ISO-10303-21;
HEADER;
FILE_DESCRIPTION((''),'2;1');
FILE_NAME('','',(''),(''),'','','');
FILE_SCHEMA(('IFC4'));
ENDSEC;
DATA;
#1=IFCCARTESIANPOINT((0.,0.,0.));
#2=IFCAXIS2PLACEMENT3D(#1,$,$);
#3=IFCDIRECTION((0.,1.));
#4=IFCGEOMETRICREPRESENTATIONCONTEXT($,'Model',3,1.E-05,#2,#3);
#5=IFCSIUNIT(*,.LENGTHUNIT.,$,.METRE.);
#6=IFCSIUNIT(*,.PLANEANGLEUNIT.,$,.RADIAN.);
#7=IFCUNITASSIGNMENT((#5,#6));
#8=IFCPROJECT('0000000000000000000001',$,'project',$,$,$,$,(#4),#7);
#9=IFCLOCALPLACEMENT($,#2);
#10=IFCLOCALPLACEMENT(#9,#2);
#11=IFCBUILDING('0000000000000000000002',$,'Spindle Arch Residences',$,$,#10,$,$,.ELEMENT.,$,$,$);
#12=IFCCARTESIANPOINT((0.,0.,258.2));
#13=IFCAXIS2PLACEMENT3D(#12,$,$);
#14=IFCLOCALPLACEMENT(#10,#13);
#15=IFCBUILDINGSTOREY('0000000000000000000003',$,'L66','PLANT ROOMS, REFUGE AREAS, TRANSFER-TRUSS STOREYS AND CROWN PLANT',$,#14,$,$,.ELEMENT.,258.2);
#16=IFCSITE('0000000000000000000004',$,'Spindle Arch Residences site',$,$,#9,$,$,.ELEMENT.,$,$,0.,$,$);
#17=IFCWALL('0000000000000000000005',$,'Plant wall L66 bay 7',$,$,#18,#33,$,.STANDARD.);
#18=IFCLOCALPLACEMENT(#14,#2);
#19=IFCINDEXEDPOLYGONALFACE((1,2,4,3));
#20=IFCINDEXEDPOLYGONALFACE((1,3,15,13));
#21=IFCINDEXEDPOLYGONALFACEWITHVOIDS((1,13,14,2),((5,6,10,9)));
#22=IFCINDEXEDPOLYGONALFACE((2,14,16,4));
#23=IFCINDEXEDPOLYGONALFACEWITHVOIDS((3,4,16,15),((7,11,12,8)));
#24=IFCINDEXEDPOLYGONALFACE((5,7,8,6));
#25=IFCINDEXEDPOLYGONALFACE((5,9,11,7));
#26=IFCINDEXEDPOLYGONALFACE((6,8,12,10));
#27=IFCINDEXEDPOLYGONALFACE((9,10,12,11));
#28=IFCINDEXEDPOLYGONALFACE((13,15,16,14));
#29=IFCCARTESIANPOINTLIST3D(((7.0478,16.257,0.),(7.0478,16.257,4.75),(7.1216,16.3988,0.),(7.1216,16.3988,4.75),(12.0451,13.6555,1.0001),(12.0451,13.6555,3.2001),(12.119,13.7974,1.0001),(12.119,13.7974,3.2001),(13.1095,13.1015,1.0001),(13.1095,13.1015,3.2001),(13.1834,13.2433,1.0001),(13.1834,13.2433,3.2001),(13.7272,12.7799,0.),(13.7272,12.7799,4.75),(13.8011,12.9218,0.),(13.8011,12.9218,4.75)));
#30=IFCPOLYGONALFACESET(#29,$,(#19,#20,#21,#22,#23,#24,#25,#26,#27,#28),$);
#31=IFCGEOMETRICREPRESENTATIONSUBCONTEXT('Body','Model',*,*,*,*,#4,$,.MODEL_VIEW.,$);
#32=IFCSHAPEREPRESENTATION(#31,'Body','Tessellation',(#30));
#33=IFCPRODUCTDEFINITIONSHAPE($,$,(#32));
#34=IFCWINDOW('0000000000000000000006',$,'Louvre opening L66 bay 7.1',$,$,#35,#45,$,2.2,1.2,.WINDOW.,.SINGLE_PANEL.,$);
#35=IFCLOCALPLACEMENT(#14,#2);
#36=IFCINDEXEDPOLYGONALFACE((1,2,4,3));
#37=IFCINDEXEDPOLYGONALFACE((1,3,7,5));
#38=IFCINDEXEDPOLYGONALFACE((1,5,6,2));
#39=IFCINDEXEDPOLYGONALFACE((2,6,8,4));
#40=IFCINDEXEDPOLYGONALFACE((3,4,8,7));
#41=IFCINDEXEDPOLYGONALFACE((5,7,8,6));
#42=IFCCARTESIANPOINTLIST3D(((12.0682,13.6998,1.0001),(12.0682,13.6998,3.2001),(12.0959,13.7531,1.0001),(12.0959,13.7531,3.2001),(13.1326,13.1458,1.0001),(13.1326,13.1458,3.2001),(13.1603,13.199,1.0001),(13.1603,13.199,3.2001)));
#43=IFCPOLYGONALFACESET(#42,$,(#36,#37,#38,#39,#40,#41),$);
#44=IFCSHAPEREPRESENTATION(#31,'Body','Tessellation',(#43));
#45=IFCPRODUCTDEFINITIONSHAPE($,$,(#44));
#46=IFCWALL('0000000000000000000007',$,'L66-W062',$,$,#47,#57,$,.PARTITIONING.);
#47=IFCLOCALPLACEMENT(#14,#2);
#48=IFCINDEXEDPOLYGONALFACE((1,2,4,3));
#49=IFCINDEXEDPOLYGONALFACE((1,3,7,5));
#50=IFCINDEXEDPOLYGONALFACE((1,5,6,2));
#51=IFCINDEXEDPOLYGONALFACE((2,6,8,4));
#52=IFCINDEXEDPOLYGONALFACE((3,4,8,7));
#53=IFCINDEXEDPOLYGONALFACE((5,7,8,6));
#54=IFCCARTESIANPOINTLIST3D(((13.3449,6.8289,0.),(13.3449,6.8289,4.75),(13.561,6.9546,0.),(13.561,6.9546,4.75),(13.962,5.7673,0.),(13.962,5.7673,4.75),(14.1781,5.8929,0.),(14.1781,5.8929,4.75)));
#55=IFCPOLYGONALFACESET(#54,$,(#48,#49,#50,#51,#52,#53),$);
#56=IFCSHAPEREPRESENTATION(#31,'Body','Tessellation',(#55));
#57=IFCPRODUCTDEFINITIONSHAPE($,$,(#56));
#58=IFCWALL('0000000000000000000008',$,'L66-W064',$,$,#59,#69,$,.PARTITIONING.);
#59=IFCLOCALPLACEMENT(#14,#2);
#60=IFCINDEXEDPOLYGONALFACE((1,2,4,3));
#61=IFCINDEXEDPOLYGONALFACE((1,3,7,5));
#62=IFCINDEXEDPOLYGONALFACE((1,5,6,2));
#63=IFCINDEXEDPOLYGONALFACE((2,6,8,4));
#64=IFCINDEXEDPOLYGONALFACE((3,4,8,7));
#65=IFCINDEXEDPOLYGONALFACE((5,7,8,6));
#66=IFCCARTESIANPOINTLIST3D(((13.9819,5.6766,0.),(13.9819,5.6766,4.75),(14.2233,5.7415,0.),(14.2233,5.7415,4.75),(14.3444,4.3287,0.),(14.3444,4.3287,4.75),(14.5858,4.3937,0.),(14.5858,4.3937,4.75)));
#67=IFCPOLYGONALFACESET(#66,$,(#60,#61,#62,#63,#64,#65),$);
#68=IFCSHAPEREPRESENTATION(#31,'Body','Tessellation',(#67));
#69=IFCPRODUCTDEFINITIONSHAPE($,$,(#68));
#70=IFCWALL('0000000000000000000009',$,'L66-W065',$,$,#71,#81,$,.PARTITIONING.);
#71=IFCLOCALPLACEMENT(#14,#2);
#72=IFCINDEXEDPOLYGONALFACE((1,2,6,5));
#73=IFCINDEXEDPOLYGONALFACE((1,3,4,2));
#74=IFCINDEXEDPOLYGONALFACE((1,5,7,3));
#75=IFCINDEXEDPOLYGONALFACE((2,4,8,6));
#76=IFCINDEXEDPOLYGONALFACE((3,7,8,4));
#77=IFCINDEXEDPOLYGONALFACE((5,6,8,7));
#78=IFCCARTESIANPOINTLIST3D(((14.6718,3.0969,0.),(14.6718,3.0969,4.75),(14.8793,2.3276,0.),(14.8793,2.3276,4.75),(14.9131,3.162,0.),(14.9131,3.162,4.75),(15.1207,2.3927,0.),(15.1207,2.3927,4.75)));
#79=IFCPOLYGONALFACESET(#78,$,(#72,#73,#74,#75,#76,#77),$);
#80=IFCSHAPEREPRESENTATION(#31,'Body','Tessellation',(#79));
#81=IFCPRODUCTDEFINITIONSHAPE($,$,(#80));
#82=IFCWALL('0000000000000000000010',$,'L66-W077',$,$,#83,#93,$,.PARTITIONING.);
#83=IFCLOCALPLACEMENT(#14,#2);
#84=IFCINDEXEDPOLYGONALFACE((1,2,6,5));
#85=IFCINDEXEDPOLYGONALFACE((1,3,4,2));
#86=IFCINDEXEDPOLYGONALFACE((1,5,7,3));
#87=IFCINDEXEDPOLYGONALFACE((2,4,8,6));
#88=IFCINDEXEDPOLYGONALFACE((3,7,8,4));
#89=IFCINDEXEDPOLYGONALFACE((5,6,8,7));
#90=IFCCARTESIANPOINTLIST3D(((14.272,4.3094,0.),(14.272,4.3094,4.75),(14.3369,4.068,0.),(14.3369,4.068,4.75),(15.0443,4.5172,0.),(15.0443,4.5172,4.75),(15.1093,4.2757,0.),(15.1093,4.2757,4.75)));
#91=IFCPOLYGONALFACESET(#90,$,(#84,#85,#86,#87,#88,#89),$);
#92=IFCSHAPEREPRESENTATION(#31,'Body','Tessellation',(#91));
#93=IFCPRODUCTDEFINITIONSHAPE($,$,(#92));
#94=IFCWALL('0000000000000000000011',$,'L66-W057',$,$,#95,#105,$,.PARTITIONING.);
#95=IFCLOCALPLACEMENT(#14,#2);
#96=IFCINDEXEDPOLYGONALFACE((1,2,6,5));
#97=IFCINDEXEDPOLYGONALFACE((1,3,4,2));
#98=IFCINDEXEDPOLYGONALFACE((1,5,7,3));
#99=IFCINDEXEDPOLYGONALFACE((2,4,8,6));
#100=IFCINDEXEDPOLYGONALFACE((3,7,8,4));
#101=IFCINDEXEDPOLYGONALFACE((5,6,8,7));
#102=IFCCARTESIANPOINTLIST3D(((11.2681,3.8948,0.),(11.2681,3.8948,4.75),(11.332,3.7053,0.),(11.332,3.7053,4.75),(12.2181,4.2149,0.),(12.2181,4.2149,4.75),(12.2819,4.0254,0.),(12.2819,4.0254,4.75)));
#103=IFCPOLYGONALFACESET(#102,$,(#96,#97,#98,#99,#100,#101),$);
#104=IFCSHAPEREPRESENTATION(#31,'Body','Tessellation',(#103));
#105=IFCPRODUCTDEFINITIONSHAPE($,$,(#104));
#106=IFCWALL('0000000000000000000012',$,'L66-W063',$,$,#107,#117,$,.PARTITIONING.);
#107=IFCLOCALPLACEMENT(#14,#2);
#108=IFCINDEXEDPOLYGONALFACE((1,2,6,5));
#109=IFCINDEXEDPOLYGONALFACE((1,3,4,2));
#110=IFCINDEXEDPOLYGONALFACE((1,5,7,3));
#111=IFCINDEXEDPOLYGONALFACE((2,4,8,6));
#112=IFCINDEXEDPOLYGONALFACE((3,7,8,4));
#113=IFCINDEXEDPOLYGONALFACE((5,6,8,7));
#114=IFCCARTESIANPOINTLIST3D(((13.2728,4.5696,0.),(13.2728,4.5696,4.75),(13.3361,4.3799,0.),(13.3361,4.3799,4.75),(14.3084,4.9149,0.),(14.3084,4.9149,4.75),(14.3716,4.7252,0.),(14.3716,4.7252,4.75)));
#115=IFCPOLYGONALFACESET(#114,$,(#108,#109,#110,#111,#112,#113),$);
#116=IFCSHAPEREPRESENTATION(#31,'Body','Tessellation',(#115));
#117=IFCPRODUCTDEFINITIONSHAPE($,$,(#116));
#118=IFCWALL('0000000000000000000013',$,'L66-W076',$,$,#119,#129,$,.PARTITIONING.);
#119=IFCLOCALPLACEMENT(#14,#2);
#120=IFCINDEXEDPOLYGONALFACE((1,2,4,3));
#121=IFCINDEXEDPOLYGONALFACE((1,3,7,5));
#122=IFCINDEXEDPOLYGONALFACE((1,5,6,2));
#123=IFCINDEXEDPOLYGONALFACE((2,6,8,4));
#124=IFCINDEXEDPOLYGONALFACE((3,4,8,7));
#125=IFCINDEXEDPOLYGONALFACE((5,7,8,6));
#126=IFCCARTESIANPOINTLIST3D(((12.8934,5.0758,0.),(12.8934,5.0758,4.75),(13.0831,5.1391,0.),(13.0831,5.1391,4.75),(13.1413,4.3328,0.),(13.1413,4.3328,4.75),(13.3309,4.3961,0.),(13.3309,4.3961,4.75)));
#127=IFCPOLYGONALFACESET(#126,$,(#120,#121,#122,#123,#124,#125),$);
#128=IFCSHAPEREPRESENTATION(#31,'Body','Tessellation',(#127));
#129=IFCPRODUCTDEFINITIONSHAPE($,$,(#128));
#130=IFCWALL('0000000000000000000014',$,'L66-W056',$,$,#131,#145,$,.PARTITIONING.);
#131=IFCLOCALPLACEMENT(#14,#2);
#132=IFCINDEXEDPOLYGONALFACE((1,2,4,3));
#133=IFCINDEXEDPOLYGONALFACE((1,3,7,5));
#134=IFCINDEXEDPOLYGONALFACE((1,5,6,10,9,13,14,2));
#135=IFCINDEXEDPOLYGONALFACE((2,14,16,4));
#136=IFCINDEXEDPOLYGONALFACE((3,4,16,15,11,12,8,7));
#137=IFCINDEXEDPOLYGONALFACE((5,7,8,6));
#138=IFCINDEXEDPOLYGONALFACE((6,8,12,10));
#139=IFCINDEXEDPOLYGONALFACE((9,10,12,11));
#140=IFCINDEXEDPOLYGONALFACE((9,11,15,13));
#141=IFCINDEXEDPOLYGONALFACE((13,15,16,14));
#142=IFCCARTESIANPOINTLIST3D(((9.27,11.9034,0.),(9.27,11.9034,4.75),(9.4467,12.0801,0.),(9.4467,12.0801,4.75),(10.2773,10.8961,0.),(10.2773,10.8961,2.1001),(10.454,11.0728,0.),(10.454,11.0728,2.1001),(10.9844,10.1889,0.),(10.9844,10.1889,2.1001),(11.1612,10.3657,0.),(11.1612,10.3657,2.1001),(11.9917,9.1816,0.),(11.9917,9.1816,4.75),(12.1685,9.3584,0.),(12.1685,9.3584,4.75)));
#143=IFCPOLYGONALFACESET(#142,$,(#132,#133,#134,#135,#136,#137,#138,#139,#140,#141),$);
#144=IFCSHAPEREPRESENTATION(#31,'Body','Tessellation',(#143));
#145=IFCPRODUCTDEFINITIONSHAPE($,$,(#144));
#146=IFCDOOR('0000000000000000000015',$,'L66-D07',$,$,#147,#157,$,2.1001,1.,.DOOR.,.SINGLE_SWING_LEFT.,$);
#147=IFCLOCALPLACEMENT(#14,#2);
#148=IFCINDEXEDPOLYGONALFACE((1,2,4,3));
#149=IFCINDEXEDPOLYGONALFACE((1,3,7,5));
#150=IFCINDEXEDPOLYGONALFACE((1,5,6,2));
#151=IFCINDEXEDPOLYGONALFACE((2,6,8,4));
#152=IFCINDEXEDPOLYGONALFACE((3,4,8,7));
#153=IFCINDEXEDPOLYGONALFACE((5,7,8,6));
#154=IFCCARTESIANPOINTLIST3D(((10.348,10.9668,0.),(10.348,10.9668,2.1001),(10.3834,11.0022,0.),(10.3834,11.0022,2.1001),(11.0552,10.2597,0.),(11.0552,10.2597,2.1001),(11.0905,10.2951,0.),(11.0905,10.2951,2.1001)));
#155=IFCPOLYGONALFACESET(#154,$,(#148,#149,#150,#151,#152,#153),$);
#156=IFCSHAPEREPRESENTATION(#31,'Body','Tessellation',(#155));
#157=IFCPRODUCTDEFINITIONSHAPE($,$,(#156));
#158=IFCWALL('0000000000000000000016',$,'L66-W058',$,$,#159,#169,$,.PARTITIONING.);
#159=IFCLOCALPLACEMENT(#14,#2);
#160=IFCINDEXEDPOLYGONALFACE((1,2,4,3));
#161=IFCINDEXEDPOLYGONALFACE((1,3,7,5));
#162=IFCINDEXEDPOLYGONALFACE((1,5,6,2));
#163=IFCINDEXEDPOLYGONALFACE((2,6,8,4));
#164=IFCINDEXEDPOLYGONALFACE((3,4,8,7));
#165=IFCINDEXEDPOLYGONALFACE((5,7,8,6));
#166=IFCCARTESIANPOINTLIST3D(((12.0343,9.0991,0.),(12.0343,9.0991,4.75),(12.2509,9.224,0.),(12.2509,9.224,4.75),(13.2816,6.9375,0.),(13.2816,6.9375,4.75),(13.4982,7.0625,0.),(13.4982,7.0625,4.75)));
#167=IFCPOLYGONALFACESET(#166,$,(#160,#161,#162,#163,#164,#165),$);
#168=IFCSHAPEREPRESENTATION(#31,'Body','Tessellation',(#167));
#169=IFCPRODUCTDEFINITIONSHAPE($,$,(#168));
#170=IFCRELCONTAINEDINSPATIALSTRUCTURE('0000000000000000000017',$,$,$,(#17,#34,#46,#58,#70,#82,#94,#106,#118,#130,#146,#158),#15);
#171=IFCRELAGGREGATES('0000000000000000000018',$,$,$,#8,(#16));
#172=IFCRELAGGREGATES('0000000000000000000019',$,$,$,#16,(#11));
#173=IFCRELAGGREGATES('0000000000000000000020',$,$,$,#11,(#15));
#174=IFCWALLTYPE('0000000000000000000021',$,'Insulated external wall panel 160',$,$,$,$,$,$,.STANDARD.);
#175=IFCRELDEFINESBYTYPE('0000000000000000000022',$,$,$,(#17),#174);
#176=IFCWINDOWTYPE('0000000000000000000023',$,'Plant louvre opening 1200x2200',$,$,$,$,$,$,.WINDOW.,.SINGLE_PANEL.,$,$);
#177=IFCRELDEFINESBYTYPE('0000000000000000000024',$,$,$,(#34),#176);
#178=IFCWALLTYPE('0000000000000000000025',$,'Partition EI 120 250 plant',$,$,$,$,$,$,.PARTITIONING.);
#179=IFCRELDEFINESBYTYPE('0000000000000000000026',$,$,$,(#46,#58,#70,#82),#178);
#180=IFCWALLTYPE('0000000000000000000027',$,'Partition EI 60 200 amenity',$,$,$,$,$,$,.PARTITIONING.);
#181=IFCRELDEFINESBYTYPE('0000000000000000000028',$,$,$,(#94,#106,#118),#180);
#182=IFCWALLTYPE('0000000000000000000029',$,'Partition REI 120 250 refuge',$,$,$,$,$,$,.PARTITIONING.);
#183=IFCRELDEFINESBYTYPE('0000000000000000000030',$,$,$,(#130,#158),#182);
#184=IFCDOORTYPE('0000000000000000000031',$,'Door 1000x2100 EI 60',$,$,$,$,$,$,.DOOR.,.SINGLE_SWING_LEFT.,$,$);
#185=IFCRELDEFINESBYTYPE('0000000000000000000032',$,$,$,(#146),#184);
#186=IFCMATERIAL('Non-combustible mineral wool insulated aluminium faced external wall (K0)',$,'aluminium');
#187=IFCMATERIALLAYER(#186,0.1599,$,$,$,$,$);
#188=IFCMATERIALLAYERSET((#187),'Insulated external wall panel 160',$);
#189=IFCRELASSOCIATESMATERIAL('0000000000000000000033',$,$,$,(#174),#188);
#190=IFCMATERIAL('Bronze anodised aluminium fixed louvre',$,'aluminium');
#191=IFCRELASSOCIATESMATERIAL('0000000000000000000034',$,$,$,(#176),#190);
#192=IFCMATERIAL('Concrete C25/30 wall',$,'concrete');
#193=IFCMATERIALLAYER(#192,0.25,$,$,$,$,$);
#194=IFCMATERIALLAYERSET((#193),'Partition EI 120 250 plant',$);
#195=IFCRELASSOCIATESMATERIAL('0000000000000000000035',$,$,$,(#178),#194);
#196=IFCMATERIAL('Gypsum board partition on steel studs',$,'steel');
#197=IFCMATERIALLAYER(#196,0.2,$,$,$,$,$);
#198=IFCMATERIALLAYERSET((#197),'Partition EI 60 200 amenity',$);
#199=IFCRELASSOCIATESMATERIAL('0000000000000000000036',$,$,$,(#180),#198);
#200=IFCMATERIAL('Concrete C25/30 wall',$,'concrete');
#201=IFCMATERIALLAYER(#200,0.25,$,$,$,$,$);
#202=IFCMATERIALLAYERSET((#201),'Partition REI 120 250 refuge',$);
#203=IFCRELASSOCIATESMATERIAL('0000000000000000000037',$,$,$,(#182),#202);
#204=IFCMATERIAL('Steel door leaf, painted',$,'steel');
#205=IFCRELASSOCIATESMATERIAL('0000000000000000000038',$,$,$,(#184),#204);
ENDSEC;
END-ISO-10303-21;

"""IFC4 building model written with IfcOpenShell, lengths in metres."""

from ifc_helpers import new_model, si_unit, direction, frame, frame_2d, origin, place, context, subcontext, project, spatial, rectangle, extrude, material, layer, layer_set, type_object, element, fill, save


model = new_model("IFC4")

# Units and contexts
model_context = context("Model", 3, precision=1e-05, world=origin(), true_north=direction((0.0, 1.0)))
body_context = subcontext(model_context, "Body", "Model", "MODEL_VIEW")
ifc_project = project(units=[si_unit("LENGTHUNIT", "METRE"), si_unit("PLANEANGLEUNIT", "RADIAN")], contexts=[model_context])

# Site, building, storey
site_placement = place(None, origin())
site = spatial("IfcSite", under=ifc_project, at=site_placement, Name="Spindle Arch Residences site", CompositionType="ELEMENT", RefElevation=0.0)
building_placement = place(site_placement, origin())
building = spatial("IfcBuilding", under=site, at=building_placement, Name="Spindle Arch Residences", CompositionType="ELEMENT")
storey_placement = place(building_placement, frame((0.0, 0.0, 258.2)))
storey = spatial("IfcBuildingStorey", under=building, at=storey_placement, Name="L66", Description="PLANT ROOMS, REFUGE AREAS, TRANSFER-TRUSS STOREYS AND CROWN PLANT", CompositionType="ELEMENT", Elevation=258.2)

# Wall, opening, window
ifc_material_1 = material(Name="Non-combustible mineral wool insulated aluminium faced external wall (K0)", Category="aluminium")
ifc_layer_1 = layer(ifc_material_1, 0.1599)
ifc_layer_set_1 = layer_set([ifc_layer_1], Name="Insulated external wall panel 160")
wall_type_1 = type_object("IfcWallType", Name="Insulated external wall panel 160", PredefinedType="STANDARD", material=ifc_layer_set_1)
wall_1_placement = place(storey_placement, frame((13.7642, 12.8508, 0.0), z_axis=(0.0, 0.0, 1.0), x_axis=(-0.887013, 0.461744, 0.0)))
wall_1 = element("IfcWall", 1, at=wall_1_placement, inside=storey, type_object=wall_type_1, Name="Plant wall L66 bay 7", PredefinedType="STANDARD", context=body_context, shape_type="SweptSolid", body=[
    extrude(rectangle(XDim=7.5303, YDim=0.1599, at=frame_2d((3.7651, 0.0))), origin(), (0.0, 0.0, 1.0), 4.75),
])
opening_1_placement = place(wall_1_placement, frame((0.6963, 0.0, 1.0)))
opening_1 = element("IfcOpeningElement", 2, at=opening_1_placement, cuts=wall_1, PredefinedType="OPENING", context=body_context, shape_type="SweptSolid", body=[
    extrude(rectangle(XDim=1.2, YDim=2.2, at=frame_2d((0.6001, 1.1001))), frame((0.0, 0.0898, 0.0), z_axis=(0.0, -1.0, 0.0), x_axis=(1.0, 0.0, 0.0)), (0.0, 0.0, 1.0), 0.1799),
])
ifc_material_2 = material(Name="Bronze anodised aluminium fixed louvre", Category="aluminium")
window_type = type_object("IfcWindowType", Name="Plant louvre opening 1200x2200", PartitioningType="SINGLE_PANEL", PredefinedType="WINDOW", material=ifc_material_2)
window_placement = place(opening_1_placement, origin())
window = element("IfcWindow", 3, at=window_placement, inside=storey, type_object=window_type, Name="Louvre opening L66 bay 7.1", OverallHeight=2.2, OverallWidth=1.2, PartitioningType="SINGLE_PANEL", PredefinedType="WINDOW", context=body_context, shape_type="SweptSolid", body=[
    extrude(rectangle(XDim=1.2, YDim=2.2, at=frame_2d((0.6001, 1.1001))), frame((0.0, 0.03, 0.0), z_axis=(0.0, -1.0, 0.0), x_axis=(1.0, 0.0, 0.0)), (0.0, 0.0, 1.0), 0.0601),
])
fill(opening_1, window)

# Walls
ifc_material_3 = material(Name="Concrete C25/30 wall", Category="concrete")
ifc_layer_2 = layer(ifc_material_3, 0.25)
ifc_layer_set_2 = layer_set([ifc_layer_2], Name="Partition EI 120 250 plant")
wall_type_2 = type_object("IfcWallType", Name="Partition EI 120 250 plant", PredefinedType="PARTITIONING", material=ifc_layer_set_2)
wall_2_placement = place(storey_placement, frame((14.0701, 5.8301, 0.0), z_axis=(0.0, 0.0, 1.0), x_axis=(-0.502548, 0.864549, 0.0)))
element("IfcWall", 4, at=wall_2_placement, inside=storey, type_object=wall_type_2, Name="L66-W062", PredefinedType="PARTITIONING", context=body_context, shape_type="SweptSolid", body=[
    extrude(rectangle(XDim=1.228, YDim=0.25, at=frame_2d((0.614, 0.0))), origin(), (0.0, 0.0, 1.0), 4.75),
])
wall_3_placement = place(storey_placement, frame((14.4651, 4.3613, 0.0), z_axis=(0.0, 0.0, 1.0), x_axis=(-0.259741, 0.965678, 0.0)))
element("IfcWall", 5, at=wall_3_placement, inside=storey, type_object=wall_type_2, Name="L66-W064", PredefinedType="PARTITIONING", context=body_context, shape_type="SweptSolid", body=[
    extrude(rectangle(XDim=1.3958, YDim=0.25, at=frame_2d((0.6978, 0.0))), origin(), (0.0, 0.0, 1.0), 4.75),
])
wall_4_placement = place(storey_placement, frame((15.0, 2.3601, 0.0), z_axis=(0.0, 0.0, 1.0), x_axis=(-0.260446, 0.965488, 0.0)))
element("IfcWall", 6, at=wall_4_placement, inside=storey, type_object=wall_type_2, Name="L66-W065", PredefinedType="PARTITIONING", context=body_context, shape_type="SweptSolid", body=[
    extrude(rectangle(XDim=0.7969, YDim=0.25, at=frame_2d((0.3984, 0.0))), origin(), (0.0, 0.0, 1.0), 4.75),
])
wall_5_placement = place(storey_placement, frame((14.3044, 4.1887, 0.0), z_axis=(0.0, 0.0, 1.0), x_axis=(0.965681, 0.259733, 0.0)))
element("IfcWall", 7, at=wall_5_placement, inside=storey, type_object=wall_type_2, Name="L66-W077", PredefinedType="PARTITIONING", context=body_context, shape_type="SweptSolid", body=[
    extrude(rectangle(XDim=0.7998, YDim=0.25, at=frame_2d((0.3999, 0.0))), origin(), (0.0, 0.0, 1.0), 4.75),
])
ifc_material_4 = material(Name="Gypsum board partition on steel studs", Category="steel")
ifc_layer_3 = layer(ifc_material_4, 0.2)
ifc_layer_set_3 = layer_set([ifc_layer_3], Name="Partition EI 60 200 amenity")
wall_type_3 = type_object("IfcWallType", Name="Partition EI 60 200 amenity", PredefinedType="PARTITIONING", material=ifc_layer_set_3)
wall_6_placement = place(storey_placement, frame((12.25, 4.1201, 0.0), z_axis=(0.0, 0.0, 1.0), x_axis=(-0.947655, -0.319295, 0.0)))
element("IfcWall", 8, at=wall_6_placement, inside=storey, type_object=wall_type_3, Name="L66-W057", PredefinedType="PARTITIONING", context=body_context, shape_type="SweptSolid", body=[
    extrude(rectangle(XDim=1.0024, YDim=0.2, at=frame_2d((0.5012, 0.0))), origin(), (0.0, 0.0, 1.0), 4.75),
])
wall_7_placement = place(storey_placement, frame((14.3401, 4.8201, 0.0), z_axis=(0.0, 0.0, 1.0), x_axis=(-0.948661, -0.316295, 0.0)))
element("IfcWall", 9, at=wall_7_placement, inside=storey, type_object=wall_type_3, Name="L66-W063", PredefinedType="PARTITIONING", context=body_context, shape_type="SweptSolid", body=[
    extrude(rectangle(XDim=1.0916, YDim=0.2, at=frame_2d((0.5459, 0.0))), origin(), (0.0, 0.0, 1.0), 4.75),
])
wall_8_placement = place(storey_placement, frame((12.9883, 5.1074, 0.0), z_axis=(0.0, 0.0, 1.0), x_axis=(0.316415, -0.948621, 0.0)))
element("IfcWall", 10, at=wall_8_placement, inside=storey, type_object=wall_type_3, Name="L66-W076", PredefinedType="PARTITIONING", context=body_context, shape_type="SweptSolid", body=[
    extrude(rectangle(XDim=0.7832, YDim=0.2, at=frame_2d((0.3916, 0.0))), origin(), (0.0, 0.0, 1.0), 4.75),
])

# Wall, opening, door
ifc_material_5 = material(Name="Concrete C25/30 wall", Category="concrete")
ifc_layer_4 = layer(ifc_material_5, 0.25)
ifc_layer_set_4 = layer_set([ifc_layer_4], Name="Partition REI 120 250 refuge")
wall_type_4 = type_object("IfcWallType", Name="Partition REI 120 250 refuge", PredefinedType="PARTITIONING", material=ifc_layer_set_4)
wall_9_placement = place(storey_placement, frame((12.0801, 9.27, 0.0), z_axis=(0.0, 0.0, 1.0), x_axis=(-0.707107, 0.707107, 0.0)))
wall_9 = element("IfcWall", 11, at=wall_9_placement, inside=storey, type_object=wall_type_4, Name="L66-W056", PredefinedType="PARTITIONING", context=body_context, shape_type="SweptSolid", body=[
    extrude(rectangle(XDim=3.8491, YDim=0.25, at=frame_2d((1.9246, 0.0))), origin(), (0.0, 0.0, 1.0), 4.75),
])
opening_2_placement = place(wall_9_placement, frame((1.4246, 0.0, 0.0)))
opening_2 = element("IfcOpeningElement", 12, at=opening_2_placement, cuts=wall_9, PredefinedType="OPENING", context=body_context, shape_type="SweptSolid", body=[
    extrude(rectangle(XDim=1.0, YDim=2.1001, at=frame_2d((0.5, 1.05))), frame((0.0, 0.135, 0.0), z_axis=(0.0, -1.0, 0.0), x_axis=(1.0, 0.0, 0.0)), (0.0, 0.0, 1.0), 0.27),
])
ifc_material_6 = material(Name="Steel door leaf, painted", Category="steel")
door_type = type_object("IfcDoorType", Name="Door 1000x2100 EI 60", OperationType="SINGLE_SWING_LEFT", PredefinedType="DOOR", material=ifc_material_6)
door_placement = place(opening_2_placement, origin())
door = element("IfcDoor", 13, at=door_placement, inside=storey, type_object=door_type, Name="L66-D07", OperationType="SINGLE_SWING_LEFT", OverallHeight=2.1001, OverallWidth=1.0, PredefinedType="DOOR", context=body_context, shape_type="SweptSolid", body=[
    extrude(rectangle(XDim=1.0, YDim=2.1001, at=frame_2d((0.5, 1.05))), frame((0.0, 0.0249, 0.0), z_axis=(0.0, -1.0, 0.0), x_axis=(1.0, 0.0, 0.0)), (0.0, 0.0, 1.0), 0.05),
])
fill(opening_2, door)

# Wall
wall_10_placement = place(storey_placement, frame((13.3899, 7.0, 0.0), z_axis=(0.0, 0.0, 1.0), x_axis=(-0.49979, 0.866146, 0.0)))
element("IfcWall", 14, at=wall_10_placement, inside=storey, type_object=wall_type_4, Name="L66-W058", PredefinedType="PARTITIONING", context=body_context, shape_type="SweptSolid", body=[
    extrude(rectangle(XDim=2.4956, YDim=0.25, at=frame_2d((1.2478, 0.0))), origin(), (0.0, 0.0, 1.0), 4.75),
])

save(model, "model.ifc")
